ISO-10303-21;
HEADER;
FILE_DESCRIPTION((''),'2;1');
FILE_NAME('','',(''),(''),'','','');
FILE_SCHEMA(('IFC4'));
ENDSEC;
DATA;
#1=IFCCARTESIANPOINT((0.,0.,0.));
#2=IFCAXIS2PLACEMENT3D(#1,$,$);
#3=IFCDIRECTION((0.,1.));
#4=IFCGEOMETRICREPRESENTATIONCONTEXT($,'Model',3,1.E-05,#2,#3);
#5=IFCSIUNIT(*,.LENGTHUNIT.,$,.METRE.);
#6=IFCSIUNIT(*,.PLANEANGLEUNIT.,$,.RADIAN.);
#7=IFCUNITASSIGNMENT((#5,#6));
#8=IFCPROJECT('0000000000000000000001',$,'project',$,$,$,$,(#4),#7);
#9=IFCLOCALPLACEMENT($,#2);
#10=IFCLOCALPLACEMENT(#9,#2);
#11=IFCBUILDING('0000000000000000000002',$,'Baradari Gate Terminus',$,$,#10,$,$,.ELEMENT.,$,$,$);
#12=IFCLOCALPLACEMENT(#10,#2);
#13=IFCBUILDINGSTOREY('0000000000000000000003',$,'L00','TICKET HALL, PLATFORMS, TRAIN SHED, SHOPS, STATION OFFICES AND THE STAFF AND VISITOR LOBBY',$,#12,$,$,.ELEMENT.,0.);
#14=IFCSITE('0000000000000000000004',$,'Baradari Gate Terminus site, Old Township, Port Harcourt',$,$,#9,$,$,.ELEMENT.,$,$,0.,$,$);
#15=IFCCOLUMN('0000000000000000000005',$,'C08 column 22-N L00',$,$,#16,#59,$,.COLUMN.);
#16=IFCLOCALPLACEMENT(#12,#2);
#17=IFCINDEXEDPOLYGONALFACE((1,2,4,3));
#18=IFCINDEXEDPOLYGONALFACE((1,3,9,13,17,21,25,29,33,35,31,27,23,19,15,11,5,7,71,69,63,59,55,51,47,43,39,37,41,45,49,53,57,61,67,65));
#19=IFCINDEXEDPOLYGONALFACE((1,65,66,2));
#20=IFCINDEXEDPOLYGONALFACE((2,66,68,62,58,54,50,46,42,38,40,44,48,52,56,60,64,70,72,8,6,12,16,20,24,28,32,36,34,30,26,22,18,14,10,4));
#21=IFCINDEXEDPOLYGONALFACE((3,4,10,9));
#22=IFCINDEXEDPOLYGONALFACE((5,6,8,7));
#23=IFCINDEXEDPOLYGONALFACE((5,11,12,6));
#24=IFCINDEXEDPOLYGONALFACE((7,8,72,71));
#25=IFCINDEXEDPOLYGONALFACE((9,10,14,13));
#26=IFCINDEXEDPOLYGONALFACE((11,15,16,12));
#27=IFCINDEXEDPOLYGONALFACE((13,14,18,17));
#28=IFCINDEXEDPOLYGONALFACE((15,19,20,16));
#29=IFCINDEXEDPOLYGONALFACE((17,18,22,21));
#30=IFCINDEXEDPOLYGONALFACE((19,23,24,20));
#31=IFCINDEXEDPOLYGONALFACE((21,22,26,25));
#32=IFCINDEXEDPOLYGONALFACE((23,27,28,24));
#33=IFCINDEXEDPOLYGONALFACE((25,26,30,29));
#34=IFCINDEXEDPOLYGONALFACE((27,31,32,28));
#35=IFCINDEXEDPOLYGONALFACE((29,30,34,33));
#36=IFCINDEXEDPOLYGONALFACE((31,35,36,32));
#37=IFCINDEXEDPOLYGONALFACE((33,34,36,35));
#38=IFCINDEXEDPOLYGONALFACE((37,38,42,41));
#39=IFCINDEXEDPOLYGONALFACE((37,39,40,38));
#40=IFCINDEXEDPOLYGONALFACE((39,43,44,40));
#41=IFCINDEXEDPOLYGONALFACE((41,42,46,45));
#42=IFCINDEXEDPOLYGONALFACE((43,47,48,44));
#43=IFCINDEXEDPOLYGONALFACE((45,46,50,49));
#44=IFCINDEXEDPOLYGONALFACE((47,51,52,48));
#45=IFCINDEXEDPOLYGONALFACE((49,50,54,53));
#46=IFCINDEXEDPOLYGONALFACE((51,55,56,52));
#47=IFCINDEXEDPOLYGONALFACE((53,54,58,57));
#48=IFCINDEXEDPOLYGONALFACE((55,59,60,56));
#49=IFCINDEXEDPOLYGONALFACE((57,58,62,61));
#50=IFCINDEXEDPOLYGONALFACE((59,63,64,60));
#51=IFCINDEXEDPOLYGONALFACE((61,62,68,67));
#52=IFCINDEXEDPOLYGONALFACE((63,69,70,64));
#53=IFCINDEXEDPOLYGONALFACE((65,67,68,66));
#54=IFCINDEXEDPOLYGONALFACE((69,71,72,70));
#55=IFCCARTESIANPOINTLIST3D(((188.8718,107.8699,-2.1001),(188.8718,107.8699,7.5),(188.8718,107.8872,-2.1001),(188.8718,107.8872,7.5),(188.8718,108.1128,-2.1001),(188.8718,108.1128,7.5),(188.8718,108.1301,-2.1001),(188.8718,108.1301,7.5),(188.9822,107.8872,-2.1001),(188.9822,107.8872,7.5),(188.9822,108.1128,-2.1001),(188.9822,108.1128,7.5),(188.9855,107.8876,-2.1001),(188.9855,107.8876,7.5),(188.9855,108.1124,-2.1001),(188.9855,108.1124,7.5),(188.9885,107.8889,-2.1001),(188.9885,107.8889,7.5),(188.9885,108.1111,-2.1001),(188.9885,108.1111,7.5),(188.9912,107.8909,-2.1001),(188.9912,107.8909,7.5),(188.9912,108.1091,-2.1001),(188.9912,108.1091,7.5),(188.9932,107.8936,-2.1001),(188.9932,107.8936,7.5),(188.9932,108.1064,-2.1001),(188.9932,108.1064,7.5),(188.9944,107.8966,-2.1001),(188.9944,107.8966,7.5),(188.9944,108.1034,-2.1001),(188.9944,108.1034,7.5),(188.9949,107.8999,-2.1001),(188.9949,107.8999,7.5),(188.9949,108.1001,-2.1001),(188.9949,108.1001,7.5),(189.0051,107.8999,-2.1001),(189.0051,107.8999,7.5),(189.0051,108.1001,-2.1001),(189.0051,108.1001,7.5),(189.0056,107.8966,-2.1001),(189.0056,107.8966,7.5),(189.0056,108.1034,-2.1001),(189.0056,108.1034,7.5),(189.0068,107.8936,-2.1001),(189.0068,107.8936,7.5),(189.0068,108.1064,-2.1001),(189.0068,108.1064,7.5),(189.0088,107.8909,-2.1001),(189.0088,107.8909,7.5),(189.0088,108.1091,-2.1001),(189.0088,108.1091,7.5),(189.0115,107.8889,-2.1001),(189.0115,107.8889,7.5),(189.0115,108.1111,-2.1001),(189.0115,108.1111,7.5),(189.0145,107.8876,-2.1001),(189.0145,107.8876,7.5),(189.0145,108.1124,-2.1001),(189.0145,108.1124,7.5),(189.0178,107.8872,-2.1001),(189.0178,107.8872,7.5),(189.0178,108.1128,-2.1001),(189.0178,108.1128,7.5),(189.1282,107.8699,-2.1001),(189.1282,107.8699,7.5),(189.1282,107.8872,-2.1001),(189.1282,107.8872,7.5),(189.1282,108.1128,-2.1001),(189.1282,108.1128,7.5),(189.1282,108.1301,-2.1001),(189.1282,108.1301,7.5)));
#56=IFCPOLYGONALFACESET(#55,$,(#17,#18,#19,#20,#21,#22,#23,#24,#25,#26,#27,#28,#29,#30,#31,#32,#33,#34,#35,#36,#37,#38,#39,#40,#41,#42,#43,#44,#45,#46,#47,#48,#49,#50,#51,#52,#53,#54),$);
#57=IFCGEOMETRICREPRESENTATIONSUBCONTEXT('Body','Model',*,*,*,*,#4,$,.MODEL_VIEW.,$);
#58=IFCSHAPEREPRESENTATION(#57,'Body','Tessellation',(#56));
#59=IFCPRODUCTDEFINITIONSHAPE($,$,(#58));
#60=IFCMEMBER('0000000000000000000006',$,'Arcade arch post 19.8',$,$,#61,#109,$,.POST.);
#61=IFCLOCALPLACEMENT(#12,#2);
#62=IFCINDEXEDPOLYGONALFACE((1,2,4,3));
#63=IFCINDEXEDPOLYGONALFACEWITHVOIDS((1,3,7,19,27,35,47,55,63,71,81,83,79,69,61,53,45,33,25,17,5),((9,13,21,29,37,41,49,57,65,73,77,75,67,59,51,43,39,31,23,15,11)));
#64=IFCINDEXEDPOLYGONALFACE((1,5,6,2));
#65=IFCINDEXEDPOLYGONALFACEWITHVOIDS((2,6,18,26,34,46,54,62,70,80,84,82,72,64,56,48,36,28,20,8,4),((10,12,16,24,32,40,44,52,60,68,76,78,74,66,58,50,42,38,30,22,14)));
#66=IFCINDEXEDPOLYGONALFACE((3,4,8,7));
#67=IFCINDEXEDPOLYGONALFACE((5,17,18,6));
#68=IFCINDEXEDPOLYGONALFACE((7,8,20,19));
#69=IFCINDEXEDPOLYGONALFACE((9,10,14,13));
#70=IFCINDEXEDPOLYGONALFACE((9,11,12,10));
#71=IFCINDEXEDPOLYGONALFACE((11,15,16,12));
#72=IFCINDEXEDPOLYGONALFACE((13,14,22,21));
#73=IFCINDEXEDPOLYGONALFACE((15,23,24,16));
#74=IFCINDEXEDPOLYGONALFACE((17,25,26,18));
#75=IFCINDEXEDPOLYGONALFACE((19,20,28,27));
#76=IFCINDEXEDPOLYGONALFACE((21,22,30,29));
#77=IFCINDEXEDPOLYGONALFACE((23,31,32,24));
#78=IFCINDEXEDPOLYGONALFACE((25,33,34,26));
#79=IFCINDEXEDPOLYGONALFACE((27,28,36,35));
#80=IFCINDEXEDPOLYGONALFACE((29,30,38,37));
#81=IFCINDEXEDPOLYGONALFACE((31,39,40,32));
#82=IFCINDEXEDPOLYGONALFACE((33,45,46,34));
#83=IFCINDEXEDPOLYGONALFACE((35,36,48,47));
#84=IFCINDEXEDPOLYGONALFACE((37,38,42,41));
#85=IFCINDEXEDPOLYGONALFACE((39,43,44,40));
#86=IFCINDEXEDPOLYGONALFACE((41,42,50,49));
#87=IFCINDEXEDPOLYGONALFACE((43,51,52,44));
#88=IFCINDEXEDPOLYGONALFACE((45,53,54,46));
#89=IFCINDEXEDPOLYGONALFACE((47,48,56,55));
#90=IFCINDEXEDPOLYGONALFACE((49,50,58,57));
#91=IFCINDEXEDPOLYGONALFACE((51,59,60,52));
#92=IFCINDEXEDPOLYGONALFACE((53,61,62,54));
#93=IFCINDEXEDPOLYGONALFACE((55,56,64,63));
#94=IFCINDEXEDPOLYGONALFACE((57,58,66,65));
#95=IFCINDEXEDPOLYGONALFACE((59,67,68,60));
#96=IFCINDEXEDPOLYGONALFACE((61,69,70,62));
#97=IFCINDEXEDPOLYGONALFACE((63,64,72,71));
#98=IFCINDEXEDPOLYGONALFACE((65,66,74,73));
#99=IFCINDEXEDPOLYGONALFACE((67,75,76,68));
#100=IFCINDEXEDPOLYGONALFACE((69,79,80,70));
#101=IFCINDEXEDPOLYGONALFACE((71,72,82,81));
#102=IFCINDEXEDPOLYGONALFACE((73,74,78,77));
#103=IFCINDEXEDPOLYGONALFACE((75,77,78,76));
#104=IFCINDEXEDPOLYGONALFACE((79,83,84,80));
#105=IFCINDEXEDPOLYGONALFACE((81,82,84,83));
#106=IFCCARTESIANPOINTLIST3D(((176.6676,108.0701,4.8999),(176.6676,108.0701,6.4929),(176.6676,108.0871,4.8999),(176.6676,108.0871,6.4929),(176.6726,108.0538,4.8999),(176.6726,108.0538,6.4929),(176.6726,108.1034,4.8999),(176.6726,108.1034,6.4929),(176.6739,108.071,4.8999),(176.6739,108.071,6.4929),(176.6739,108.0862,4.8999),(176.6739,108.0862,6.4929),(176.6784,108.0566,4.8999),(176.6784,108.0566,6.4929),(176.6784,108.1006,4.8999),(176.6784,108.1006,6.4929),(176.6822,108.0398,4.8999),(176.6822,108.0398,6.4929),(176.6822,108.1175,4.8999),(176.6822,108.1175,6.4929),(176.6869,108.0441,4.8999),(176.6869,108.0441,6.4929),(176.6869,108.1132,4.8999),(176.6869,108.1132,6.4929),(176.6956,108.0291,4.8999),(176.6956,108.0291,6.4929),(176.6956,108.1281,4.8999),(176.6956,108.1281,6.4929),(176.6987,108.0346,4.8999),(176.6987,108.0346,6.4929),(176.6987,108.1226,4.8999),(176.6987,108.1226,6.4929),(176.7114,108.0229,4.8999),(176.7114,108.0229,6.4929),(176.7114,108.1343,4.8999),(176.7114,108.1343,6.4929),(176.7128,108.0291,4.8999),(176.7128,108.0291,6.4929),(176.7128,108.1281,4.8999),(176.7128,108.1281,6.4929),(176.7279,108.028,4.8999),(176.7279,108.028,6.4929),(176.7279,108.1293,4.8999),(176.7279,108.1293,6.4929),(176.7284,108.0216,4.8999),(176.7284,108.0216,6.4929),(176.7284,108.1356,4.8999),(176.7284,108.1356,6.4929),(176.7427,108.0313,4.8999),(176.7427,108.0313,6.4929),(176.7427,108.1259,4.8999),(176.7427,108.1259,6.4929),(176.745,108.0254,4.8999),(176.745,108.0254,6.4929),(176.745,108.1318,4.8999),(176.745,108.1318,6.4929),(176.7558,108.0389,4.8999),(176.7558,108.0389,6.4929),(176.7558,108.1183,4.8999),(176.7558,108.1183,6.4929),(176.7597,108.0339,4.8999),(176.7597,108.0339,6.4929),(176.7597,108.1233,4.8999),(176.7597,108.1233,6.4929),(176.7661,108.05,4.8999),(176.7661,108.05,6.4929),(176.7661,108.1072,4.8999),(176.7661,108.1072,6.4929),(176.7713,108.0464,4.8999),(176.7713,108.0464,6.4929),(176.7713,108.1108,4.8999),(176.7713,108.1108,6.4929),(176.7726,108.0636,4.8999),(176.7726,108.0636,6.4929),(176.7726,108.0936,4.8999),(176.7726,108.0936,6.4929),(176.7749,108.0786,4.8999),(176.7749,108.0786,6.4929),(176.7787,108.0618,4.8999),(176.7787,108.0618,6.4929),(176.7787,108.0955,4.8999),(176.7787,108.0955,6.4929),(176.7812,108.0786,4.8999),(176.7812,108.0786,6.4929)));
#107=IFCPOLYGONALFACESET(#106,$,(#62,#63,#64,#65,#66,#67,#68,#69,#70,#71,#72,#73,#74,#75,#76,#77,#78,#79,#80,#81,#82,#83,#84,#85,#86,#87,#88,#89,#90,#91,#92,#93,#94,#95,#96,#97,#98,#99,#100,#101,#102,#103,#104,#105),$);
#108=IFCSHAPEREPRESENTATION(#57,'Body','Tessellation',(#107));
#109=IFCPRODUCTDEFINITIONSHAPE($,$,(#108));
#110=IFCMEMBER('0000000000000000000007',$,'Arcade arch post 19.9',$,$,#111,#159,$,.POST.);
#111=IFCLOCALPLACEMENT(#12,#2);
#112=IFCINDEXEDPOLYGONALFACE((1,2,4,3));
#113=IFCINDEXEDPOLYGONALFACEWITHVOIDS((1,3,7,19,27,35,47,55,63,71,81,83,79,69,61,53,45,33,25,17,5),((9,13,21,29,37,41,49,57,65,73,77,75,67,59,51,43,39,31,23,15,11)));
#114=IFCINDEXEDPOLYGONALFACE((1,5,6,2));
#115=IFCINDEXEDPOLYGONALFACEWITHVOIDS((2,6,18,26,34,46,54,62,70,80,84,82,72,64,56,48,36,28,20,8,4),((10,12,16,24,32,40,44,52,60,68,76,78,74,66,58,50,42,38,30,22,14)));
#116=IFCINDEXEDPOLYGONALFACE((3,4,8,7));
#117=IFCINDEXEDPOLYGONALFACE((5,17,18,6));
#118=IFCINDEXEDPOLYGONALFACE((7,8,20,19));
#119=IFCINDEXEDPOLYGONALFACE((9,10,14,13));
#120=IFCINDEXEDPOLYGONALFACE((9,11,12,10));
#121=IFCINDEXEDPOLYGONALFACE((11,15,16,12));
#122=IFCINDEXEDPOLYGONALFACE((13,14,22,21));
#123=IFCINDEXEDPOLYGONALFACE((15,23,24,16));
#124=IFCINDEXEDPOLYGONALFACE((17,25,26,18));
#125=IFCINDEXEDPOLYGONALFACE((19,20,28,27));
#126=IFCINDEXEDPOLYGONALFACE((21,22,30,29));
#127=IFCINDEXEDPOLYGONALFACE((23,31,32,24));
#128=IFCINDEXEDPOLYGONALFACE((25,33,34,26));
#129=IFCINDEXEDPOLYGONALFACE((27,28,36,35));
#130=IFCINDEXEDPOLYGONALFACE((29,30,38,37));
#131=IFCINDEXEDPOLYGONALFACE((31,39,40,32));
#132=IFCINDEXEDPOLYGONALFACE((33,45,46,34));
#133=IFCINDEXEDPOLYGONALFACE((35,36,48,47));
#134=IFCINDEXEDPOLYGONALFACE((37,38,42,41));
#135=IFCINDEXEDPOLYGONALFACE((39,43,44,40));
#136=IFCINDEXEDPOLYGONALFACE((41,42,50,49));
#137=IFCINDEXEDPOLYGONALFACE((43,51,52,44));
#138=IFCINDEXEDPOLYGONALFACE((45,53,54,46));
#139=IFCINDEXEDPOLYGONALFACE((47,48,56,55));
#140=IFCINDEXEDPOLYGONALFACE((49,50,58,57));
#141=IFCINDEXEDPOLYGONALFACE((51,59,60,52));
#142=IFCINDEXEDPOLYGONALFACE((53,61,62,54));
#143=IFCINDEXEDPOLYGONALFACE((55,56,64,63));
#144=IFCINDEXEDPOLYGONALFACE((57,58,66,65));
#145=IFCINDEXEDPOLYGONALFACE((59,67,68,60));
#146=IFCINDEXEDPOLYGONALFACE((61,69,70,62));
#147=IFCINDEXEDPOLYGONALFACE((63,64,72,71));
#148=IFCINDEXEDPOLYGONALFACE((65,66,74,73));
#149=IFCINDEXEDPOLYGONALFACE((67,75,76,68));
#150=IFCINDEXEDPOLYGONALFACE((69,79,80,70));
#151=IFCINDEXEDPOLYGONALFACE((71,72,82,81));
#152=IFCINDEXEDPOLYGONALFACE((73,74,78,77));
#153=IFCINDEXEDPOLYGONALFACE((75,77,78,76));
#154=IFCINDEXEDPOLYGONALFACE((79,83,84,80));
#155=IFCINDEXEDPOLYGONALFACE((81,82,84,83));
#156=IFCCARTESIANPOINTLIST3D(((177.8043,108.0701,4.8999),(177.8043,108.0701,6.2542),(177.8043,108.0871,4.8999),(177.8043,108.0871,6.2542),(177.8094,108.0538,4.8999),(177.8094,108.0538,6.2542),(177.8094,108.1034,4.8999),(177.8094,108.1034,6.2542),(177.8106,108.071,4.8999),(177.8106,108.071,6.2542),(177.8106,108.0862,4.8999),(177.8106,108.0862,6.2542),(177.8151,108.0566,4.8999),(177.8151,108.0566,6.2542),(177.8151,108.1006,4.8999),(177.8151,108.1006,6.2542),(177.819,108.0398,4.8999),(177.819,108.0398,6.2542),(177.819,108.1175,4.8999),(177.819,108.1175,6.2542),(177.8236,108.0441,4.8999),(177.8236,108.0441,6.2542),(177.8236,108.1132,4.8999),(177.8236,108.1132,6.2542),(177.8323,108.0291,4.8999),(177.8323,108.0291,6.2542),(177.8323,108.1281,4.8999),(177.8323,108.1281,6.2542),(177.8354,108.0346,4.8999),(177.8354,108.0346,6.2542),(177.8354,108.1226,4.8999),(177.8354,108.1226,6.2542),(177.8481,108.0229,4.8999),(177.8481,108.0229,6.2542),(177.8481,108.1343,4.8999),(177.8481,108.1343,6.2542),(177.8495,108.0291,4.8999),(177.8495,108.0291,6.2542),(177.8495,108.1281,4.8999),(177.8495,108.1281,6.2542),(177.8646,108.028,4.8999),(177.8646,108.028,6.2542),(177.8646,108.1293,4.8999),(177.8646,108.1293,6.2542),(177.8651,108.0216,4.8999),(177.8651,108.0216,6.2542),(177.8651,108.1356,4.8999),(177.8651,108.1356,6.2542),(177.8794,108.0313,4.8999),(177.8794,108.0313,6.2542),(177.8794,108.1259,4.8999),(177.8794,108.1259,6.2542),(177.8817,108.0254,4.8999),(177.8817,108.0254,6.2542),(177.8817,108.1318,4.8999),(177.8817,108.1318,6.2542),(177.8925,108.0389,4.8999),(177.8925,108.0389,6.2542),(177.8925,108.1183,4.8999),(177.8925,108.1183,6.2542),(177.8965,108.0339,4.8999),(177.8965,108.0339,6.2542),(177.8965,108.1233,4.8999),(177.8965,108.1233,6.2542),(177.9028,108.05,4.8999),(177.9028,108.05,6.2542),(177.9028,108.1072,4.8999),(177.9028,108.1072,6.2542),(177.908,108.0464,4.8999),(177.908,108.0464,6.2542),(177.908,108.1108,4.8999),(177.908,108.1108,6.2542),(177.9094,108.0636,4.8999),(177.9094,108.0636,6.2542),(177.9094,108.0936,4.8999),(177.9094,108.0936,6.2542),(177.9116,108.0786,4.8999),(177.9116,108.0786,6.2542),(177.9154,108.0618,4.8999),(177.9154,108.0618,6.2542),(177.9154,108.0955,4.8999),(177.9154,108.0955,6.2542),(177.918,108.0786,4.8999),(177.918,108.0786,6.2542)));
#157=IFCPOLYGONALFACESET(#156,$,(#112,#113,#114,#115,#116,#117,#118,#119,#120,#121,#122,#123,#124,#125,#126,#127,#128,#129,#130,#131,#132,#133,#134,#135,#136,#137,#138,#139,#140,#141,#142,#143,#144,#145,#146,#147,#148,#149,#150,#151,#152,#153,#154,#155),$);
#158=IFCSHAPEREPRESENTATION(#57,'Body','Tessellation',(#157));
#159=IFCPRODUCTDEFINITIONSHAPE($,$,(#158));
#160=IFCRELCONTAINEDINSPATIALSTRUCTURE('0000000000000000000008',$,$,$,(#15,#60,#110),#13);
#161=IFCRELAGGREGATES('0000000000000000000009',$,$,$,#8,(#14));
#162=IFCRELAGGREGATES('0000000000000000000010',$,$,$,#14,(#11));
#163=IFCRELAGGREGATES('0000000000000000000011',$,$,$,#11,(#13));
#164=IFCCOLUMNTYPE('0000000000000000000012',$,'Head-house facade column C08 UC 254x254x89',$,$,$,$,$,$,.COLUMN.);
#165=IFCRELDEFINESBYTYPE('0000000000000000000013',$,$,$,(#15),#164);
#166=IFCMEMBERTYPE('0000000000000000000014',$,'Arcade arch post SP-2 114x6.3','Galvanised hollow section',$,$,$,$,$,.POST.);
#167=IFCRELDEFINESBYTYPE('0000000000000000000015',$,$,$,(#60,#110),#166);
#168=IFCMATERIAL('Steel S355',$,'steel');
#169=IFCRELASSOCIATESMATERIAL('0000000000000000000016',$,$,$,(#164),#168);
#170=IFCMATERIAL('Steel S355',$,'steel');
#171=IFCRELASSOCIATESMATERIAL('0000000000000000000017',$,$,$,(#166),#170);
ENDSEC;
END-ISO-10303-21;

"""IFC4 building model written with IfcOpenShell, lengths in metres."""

from ifc_helpers import new_model, si_unit, direction, frame, origin, origin_2d, place, context, subcontext, project, spatial, hollow_circle, i_section, extrude, material, material_profile, profile_set, type_object, element, save


model = new_model("IFC4")

# Units and contexts
model_context = context("Model", 3, precision=1e-05, world=origin(), true_north=direction((0.0, 1.0)))
body_context = subcontext(model_context, "Body", "Model", "MODEL_VIEW")
ifc_project = project(units=[si_unit("LENGTHUNIT", "METRE"), si_unit("PLANEANGLEUNIT", "RADIAN")], contexts=[model_context])

# Site, building, storey
site_placement = place(None, origin())
site = spatial("IfcSite", under=ifc_project, at=site_placement, Name="Baradari Gate Terminus site, Old Township, Port Harcourt", CompositionType="ELEMENT", RefElevation=0.0)
building_placement = place(site_placement, origin())
building = spatial("IfcBuilding", under=site, at=building_placement, Name="Baradari Gate Terminus", CompositionType="ELEMENT")
storey_placement = place(building_placement, origin())
storey = spatial("IfcBuildingStorey", under=building, at=storey_placement, Name="L00", Description="TICKET HALL, PLATFORMS, TRAIN SHED, SHOPS, STATION OFFICES AND THE STAFF AND VISITOR LOBBY", CompositionType="ELEMENT", Elevation=0.0)

# Column
ifc_material_1 = material(Name="Steel S355", Category="steel")
ifc_material_profile_1 = material_profile(ifc_material_1, i_section(OverallWidth=0.2563, OverallDepth=0.2603, WebThickness=0.0103, FlangeThickness=0.0173, FilletRadius=0.0127, at=origin_2d()), Name="UC 254x254x89")
ifc_profile_set_1 = profile_set([ifc_material_profile_1], Name="Steel S355")
column_type = type_object("IfcColumnType", Name="Head-house facade column C08 UC 254x254x89", PredefinedType="COLUMN", material=ifc_profile_set_1)
for number, where, z_axis, x_axis, name in (
    (1, (189.0, 108.0, -2.1001), (0.0, 0.0, 1.0), (1.0, 0.0, 0.0), "C08 column 22-N L00"),
):
    element("IfcColumn", number, at=place(storey_placement, frame(where, z_axis=z_axis, x_axis=x_axis)), inside=storey, type_object=column_type, Name=name, PredefinedType="COLUMN", context=body_context, shape_type="SweptSolid", body=[
        extrude(i_section(OverallWidth=0.2563, OverallDepth=0.2603, WebThickness=0.0103, FlangeThickness=0.0173, FilletRadius=0.0127, at=origin_2d()), origin(), (0.0, 0.0, 1.0), 9.6001),
    ])

# Members
ifc_material_2 = material(Name="Steel S355", Category="steel")
ifc_material_profile_2 = material_profile(ifc_material_2, hollow_circle(Radius=0.0571, WallThickness=0.0063, at=origin_2d()), Name="CHS 114.3x6.3")
ifc_profile_set_2 = profile_set([ifc_material_profile_2], Name="Steel S355")
member_type_1 = type_object("IfcMemberType", Name="Arcade arch post SP-2 114x6.3", Description="Galvanised hollow section", PredefinedType="POST", material=ifc_profile_set_2)
member_1_placement = place(storey_placement, frame((176.7241, 108.0786, 4.8999), z_axis=(0.0, 0.0, 1.0), x_axis=(1.0, 0.0, 0.0)))
element("IfcMember", 2, at=member_1_placement, inside=storey, type_object=member_type_1, Name="Arcade arch post 19.8", PredefinedType="POST", context=body_context, shape_type="SweptSolid", body=[
    extrude(hollow_circle(Radius=0.0571, WallThickness=0.0063, at=origin_2d()), origin(), (0.0, 0.0, 1.0), 1.593),
])
member_2_placement = place(storey_placement, frame((177.8608, 108.0786, 4.8999), z_axis=(0.0, 0.0, 1.0), x_axis=(1.0, 0.0, 0.0)))
element("IfcMember", 3, at=member_2_placement, inside=storey, type_object=member_type_1, Name="Arcade arch post 19.9", PredefinedType="POST", context=body_context, shape_type="SweptSolid", body=[
    extrude(hollow_circle(Radius=0.0571, WallThickness=0.0063, at=origin_2d()), origin(), (0.0, 0.0, 1.0), 1.3542),
])

save(model, "model.ifc")
